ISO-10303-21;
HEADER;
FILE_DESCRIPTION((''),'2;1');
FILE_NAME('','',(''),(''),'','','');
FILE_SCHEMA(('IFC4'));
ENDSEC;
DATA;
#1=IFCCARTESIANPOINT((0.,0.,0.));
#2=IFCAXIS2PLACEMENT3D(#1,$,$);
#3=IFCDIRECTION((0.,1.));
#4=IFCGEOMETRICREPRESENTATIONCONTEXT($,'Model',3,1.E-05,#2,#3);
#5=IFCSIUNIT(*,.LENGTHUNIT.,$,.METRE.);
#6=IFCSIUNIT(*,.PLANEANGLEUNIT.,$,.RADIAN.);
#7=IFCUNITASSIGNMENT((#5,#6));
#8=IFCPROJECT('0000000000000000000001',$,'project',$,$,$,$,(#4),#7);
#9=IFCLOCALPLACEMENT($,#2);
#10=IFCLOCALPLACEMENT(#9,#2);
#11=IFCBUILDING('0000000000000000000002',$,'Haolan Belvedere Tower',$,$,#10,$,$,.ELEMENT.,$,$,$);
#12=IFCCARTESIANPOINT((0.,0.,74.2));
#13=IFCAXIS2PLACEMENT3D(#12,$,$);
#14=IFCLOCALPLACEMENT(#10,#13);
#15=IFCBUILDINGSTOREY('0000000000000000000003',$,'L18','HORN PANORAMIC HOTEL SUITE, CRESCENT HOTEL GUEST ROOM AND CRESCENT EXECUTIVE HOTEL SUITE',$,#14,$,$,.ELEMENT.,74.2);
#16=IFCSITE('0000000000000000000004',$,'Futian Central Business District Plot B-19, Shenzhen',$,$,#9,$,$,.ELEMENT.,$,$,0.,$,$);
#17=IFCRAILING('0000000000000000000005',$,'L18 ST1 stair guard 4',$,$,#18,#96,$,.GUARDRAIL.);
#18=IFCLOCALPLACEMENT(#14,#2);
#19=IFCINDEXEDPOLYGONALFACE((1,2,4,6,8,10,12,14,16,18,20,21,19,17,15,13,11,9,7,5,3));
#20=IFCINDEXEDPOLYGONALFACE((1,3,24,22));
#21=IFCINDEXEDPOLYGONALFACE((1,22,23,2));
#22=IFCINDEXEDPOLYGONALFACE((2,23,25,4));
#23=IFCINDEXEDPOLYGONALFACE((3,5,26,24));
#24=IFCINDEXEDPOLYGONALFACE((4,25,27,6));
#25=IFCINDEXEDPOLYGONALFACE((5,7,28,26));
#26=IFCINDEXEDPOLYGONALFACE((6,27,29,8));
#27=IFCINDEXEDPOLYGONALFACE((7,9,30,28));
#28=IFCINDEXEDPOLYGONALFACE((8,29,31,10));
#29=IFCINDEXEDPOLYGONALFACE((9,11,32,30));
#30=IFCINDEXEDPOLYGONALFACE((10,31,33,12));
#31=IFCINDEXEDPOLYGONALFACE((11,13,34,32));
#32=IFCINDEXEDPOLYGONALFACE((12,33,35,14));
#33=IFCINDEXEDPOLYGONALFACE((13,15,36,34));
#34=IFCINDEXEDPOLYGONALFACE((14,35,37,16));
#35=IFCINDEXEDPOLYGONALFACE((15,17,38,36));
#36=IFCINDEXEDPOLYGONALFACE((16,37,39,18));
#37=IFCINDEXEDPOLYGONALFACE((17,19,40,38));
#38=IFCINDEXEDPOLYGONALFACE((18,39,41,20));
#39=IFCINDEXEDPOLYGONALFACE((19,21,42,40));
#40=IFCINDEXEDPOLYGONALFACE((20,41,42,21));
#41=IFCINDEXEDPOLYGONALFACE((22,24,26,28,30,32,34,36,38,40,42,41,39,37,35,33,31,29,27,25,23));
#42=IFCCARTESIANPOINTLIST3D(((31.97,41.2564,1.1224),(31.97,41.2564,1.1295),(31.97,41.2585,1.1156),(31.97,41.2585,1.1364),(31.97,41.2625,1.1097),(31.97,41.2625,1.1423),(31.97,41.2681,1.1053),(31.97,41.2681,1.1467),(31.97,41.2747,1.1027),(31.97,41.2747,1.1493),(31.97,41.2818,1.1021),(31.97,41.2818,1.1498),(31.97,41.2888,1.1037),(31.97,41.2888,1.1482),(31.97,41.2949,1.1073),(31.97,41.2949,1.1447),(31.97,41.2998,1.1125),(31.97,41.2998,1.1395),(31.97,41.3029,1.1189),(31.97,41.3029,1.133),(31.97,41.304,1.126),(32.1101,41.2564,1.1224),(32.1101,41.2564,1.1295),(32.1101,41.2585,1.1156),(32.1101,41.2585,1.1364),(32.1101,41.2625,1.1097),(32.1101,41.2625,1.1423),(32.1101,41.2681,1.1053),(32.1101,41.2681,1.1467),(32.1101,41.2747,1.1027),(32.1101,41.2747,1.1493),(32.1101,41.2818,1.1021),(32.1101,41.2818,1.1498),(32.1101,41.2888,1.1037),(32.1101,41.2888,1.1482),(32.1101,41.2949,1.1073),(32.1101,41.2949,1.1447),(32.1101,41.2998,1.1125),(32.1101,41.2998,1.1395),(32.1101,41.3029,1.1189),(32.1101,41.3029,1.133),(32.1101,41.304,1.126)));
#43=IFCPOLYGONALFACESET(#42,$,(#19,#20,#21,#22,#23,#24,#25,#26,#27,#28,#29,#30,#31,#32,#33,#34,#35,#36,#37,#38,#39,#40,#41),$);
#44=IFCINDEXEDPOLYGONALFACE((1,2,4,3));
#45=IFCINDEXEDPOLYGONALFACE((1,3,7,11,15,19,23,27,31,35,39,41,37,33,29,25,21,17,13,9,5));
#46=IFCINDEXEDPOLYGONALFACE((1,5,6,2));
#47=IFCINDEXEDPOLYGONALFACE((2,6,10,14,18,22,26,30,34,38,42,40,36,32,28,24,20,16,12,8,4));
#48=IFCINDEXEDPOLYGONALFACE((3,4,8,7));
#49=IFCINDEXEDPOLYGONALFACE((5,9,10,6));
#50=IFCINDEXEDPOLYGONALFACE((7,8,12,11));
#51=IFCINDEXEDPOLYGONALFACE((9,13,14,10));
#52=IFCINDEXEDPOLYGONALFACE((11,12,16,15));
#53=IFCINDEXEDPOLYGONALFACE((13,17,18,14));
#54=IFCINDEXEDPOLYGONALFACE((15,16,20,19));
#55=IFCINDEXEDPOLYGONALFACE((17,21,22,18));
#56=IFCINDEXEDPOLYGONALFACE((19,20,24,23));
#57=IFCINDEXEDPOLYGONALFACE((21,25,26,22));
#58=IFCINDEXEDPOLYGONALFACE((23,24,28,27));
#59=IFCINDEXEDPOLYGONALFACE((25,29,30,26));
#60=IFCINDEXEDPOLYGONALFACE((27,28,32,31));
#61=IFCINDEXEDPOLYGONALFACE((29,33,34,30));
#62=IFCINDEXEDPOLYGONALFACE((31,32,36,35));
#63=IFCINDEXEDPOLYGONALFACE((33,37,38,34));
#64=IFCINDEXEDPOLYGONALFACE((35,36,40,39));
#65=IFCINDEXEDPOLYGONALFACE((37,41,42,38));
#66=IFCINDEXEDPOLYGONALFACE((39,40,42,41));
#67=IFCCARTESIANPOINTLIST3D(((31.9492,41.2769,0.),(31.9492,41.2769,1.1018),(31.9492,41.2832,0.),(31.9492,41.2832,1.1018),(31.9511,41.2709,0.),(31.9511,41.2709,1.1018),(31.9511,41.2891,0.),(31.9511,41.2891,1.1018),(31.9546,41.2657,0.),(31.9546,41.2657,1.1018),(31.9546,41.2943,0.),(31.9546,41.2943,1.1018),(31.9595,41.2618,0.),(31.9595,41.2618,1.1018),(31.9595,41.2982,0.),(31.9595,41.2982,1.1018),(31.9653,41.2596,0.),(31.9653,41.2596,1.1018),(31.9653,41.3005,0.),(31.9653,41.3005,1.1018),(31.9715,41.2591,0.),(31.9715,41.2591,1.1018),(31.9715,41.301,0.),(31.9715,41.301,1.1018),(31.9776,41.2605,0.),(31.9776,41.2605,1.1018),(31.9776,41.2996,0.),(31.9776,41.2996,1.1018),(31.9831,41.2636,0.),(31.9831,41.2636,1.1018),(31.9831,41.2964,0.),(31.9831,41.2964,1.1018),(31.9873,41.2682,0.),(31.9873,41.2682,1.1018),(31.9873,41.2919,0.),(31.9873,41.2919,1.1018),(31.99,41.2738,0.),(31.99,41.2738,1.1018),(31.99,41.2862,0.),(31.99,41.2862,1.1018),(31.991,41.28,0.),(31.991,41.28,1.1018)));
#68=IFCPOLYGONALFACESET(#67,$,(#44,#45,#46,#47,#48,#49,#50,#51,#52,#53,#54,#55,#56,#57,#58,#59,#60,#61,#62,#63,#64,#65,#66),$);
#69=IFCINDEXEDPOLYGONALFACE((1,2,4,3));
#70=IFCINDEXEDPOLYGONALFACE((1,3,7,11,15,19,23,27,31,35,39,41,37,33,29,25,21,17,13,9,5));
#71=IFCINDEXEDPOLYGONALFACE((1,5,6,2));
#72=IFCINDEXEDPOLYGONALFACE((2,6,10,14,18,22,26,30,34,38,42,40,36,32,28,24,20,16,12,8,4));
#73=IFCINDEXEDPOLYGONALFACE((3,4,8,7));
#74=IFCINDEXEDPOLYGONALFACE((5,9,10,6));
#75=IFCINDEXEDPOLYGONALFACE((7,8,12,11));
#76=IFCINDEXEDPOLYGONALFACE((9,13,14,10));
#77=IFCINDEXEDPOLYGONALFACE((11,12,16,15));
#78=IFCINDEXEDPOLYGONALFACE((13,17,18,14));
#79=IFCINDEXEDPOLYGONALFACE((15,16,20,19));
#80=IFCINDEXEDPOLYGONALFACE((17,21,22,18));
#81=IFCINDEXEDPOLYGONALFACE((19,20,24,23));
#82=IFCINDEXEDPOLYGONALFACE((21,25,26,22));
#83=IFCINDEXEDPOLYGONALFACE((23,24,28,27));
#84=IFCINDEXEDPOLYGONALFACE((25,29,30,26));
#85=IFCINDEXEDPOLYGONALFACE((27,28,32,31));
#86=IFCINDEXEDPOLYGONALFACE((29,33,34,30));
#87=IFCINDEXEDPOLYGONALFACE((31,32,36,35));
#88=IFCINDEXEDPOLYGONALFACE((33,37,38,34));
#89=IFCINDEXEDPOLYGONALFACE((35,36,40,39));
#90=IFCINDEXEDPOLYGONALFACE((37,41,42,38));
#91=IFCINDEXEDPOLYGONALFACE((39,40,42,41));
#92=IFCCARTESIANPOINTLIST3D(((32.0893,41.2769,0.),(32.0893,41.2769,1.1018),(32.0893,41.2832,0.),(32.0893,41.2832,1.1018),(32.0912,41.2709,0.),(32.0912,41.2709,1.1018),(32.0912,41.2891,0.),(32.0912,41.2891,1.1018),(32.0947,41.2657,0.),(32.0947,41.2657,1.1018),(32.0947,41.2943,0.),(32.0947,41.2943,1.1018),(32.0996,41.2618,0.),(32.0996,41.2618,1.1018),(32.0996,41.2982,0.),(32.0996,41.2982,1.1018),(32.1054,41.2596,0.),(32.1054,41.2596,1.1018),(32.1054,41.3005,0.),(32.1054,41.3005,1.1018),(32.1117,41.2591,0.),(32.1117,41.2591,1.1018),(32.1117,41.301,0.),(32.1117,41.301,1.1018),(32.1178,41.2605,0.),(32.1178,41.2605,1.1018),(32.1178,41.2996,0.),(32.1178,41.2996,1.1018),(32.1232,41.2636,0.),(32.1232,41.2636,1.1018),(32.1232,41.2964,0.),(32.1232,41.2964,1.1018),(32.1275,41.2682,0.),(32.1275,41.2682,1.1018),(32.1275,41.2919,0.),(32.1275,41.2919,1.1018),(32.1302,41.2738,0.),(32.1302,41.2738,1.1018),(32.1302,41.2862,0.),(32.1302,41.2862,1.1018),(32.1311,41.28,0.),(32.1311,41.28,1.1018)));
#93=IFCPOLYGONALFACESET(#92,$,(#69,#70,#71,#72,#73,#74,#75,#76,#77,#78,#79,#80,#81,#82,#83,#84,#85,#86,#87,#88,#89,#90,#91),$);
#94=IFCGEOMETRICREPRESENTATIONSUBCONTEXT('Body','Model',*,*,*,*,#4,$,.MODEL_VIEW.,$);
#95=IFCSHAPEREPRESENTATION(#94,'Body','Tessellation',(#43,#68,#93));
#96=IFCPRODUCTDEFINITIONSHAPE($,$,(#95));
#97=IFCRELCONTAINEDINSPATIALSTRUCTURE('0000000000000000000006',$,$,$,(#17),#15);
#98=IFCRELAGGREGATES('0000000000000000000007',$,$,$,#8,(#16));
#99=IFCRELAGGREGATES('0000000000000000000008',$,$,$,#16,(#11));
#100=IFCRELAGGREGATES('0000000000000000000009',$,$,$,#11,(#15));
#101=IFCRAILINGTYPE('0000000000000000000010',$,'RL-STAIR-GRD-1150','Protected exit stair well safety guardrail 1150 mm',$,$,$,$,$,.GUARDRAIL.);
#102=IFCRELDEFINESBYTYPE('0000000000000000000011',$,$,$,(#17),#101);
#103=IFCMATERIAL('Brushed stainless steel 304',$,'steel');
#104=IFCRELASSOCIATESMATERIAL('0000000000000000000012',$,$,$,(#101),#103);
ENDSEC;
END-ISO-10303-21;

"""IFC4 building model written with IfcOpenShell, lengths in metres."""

from ifc_helpers import new_model, si_unit, direction, frame, origin, origin_2d, place, context, subcontext, project, spatial, circle, extrude, material, type_object, element, save


model = new_model("IFC4")

# Units and contexts
model_context = context("Model", 3, precision=1e-05, world=origin(), true_north=direction((0.0, 1.0)))
body_context = subcontext(model_context, "Body", "Model", "MODEL_VIEW")
ifc_project = project(units=[si_unit("LENGTHUNIT", "METRE"), si_unit("PLANEANGLEUNIT", "RADIAN")], contexts=[model_context])

# Site, building, storey
site_placement = place(None, origin())
site = spatial("IfcSite", under=ifc_project, at=site_placement, Name="Futian Central Business District Plot B-19, Shenzhen", CompositionType="ELEMENT", RefElevation=0.0)
building_placement = place(site_placement, origin())
building = spatial("IfcBuilding", under=site, at=building_placement, Name="Haolan Belvedere Tower", CompositionType="ELEMENT")
storey_placement = place(building_placement, frame((0.0, 0.0, 74.2)))
storey = spatial("IfcBuildingStorey", under=building, at=storey_placement, Name="L18", Description="HORN PANORAMIC HOTEL SUITE, CRESCENT HOTEL GUEST ROOM AND CRESCENT EXECUTIVE HOTEL SUITE", CompositionType="ELEMENT", Elevation=74.2)

# Railing
ifc_material_1 = material(Name="Brushed stainless steel 304", Category="steel")
railing_type_1 = type_object("IfcRailingType", Name="RL-STAIR-GRD-1150", Description="Protected exit stair well safety guardrail 1150 mm", PredefinedType="GUARDRAIL", material=ifc_material_1)
railing_1_placement = place(storey_placement, frame((31.97, 41.28, 0.0)))
element("IfcRailing", 1, at=railing_1_placement, inside=storey, type_object=railing_type_1, Name="L18 ST1 stair guard 4", PredefinedType="GUARDRAIL", context=body_context, shape_type="SweptSolid", body=[
    extrude(circle(Radius=0.0239, at=origin_2d()), frame((0.0, 0.0, 1.126), z_axis=(1.0, 0.0, 0.0), x_axis=(0.0, 1.0, 0.0)), (0.0, 0.0, 1.0), 0.1401),
    extrude(circle(Radius=0.021, at=origin_2d()), origin(), (0.0, 0.0, 1.0), 1.1018),
    extrude(circle(Radius=0.021, at=origin_2d()), frame((0.1401, 0.0, 0.0)), (0.0, 0.0, 1.0), 1.1018),
])

save(model, "model.ifc")
